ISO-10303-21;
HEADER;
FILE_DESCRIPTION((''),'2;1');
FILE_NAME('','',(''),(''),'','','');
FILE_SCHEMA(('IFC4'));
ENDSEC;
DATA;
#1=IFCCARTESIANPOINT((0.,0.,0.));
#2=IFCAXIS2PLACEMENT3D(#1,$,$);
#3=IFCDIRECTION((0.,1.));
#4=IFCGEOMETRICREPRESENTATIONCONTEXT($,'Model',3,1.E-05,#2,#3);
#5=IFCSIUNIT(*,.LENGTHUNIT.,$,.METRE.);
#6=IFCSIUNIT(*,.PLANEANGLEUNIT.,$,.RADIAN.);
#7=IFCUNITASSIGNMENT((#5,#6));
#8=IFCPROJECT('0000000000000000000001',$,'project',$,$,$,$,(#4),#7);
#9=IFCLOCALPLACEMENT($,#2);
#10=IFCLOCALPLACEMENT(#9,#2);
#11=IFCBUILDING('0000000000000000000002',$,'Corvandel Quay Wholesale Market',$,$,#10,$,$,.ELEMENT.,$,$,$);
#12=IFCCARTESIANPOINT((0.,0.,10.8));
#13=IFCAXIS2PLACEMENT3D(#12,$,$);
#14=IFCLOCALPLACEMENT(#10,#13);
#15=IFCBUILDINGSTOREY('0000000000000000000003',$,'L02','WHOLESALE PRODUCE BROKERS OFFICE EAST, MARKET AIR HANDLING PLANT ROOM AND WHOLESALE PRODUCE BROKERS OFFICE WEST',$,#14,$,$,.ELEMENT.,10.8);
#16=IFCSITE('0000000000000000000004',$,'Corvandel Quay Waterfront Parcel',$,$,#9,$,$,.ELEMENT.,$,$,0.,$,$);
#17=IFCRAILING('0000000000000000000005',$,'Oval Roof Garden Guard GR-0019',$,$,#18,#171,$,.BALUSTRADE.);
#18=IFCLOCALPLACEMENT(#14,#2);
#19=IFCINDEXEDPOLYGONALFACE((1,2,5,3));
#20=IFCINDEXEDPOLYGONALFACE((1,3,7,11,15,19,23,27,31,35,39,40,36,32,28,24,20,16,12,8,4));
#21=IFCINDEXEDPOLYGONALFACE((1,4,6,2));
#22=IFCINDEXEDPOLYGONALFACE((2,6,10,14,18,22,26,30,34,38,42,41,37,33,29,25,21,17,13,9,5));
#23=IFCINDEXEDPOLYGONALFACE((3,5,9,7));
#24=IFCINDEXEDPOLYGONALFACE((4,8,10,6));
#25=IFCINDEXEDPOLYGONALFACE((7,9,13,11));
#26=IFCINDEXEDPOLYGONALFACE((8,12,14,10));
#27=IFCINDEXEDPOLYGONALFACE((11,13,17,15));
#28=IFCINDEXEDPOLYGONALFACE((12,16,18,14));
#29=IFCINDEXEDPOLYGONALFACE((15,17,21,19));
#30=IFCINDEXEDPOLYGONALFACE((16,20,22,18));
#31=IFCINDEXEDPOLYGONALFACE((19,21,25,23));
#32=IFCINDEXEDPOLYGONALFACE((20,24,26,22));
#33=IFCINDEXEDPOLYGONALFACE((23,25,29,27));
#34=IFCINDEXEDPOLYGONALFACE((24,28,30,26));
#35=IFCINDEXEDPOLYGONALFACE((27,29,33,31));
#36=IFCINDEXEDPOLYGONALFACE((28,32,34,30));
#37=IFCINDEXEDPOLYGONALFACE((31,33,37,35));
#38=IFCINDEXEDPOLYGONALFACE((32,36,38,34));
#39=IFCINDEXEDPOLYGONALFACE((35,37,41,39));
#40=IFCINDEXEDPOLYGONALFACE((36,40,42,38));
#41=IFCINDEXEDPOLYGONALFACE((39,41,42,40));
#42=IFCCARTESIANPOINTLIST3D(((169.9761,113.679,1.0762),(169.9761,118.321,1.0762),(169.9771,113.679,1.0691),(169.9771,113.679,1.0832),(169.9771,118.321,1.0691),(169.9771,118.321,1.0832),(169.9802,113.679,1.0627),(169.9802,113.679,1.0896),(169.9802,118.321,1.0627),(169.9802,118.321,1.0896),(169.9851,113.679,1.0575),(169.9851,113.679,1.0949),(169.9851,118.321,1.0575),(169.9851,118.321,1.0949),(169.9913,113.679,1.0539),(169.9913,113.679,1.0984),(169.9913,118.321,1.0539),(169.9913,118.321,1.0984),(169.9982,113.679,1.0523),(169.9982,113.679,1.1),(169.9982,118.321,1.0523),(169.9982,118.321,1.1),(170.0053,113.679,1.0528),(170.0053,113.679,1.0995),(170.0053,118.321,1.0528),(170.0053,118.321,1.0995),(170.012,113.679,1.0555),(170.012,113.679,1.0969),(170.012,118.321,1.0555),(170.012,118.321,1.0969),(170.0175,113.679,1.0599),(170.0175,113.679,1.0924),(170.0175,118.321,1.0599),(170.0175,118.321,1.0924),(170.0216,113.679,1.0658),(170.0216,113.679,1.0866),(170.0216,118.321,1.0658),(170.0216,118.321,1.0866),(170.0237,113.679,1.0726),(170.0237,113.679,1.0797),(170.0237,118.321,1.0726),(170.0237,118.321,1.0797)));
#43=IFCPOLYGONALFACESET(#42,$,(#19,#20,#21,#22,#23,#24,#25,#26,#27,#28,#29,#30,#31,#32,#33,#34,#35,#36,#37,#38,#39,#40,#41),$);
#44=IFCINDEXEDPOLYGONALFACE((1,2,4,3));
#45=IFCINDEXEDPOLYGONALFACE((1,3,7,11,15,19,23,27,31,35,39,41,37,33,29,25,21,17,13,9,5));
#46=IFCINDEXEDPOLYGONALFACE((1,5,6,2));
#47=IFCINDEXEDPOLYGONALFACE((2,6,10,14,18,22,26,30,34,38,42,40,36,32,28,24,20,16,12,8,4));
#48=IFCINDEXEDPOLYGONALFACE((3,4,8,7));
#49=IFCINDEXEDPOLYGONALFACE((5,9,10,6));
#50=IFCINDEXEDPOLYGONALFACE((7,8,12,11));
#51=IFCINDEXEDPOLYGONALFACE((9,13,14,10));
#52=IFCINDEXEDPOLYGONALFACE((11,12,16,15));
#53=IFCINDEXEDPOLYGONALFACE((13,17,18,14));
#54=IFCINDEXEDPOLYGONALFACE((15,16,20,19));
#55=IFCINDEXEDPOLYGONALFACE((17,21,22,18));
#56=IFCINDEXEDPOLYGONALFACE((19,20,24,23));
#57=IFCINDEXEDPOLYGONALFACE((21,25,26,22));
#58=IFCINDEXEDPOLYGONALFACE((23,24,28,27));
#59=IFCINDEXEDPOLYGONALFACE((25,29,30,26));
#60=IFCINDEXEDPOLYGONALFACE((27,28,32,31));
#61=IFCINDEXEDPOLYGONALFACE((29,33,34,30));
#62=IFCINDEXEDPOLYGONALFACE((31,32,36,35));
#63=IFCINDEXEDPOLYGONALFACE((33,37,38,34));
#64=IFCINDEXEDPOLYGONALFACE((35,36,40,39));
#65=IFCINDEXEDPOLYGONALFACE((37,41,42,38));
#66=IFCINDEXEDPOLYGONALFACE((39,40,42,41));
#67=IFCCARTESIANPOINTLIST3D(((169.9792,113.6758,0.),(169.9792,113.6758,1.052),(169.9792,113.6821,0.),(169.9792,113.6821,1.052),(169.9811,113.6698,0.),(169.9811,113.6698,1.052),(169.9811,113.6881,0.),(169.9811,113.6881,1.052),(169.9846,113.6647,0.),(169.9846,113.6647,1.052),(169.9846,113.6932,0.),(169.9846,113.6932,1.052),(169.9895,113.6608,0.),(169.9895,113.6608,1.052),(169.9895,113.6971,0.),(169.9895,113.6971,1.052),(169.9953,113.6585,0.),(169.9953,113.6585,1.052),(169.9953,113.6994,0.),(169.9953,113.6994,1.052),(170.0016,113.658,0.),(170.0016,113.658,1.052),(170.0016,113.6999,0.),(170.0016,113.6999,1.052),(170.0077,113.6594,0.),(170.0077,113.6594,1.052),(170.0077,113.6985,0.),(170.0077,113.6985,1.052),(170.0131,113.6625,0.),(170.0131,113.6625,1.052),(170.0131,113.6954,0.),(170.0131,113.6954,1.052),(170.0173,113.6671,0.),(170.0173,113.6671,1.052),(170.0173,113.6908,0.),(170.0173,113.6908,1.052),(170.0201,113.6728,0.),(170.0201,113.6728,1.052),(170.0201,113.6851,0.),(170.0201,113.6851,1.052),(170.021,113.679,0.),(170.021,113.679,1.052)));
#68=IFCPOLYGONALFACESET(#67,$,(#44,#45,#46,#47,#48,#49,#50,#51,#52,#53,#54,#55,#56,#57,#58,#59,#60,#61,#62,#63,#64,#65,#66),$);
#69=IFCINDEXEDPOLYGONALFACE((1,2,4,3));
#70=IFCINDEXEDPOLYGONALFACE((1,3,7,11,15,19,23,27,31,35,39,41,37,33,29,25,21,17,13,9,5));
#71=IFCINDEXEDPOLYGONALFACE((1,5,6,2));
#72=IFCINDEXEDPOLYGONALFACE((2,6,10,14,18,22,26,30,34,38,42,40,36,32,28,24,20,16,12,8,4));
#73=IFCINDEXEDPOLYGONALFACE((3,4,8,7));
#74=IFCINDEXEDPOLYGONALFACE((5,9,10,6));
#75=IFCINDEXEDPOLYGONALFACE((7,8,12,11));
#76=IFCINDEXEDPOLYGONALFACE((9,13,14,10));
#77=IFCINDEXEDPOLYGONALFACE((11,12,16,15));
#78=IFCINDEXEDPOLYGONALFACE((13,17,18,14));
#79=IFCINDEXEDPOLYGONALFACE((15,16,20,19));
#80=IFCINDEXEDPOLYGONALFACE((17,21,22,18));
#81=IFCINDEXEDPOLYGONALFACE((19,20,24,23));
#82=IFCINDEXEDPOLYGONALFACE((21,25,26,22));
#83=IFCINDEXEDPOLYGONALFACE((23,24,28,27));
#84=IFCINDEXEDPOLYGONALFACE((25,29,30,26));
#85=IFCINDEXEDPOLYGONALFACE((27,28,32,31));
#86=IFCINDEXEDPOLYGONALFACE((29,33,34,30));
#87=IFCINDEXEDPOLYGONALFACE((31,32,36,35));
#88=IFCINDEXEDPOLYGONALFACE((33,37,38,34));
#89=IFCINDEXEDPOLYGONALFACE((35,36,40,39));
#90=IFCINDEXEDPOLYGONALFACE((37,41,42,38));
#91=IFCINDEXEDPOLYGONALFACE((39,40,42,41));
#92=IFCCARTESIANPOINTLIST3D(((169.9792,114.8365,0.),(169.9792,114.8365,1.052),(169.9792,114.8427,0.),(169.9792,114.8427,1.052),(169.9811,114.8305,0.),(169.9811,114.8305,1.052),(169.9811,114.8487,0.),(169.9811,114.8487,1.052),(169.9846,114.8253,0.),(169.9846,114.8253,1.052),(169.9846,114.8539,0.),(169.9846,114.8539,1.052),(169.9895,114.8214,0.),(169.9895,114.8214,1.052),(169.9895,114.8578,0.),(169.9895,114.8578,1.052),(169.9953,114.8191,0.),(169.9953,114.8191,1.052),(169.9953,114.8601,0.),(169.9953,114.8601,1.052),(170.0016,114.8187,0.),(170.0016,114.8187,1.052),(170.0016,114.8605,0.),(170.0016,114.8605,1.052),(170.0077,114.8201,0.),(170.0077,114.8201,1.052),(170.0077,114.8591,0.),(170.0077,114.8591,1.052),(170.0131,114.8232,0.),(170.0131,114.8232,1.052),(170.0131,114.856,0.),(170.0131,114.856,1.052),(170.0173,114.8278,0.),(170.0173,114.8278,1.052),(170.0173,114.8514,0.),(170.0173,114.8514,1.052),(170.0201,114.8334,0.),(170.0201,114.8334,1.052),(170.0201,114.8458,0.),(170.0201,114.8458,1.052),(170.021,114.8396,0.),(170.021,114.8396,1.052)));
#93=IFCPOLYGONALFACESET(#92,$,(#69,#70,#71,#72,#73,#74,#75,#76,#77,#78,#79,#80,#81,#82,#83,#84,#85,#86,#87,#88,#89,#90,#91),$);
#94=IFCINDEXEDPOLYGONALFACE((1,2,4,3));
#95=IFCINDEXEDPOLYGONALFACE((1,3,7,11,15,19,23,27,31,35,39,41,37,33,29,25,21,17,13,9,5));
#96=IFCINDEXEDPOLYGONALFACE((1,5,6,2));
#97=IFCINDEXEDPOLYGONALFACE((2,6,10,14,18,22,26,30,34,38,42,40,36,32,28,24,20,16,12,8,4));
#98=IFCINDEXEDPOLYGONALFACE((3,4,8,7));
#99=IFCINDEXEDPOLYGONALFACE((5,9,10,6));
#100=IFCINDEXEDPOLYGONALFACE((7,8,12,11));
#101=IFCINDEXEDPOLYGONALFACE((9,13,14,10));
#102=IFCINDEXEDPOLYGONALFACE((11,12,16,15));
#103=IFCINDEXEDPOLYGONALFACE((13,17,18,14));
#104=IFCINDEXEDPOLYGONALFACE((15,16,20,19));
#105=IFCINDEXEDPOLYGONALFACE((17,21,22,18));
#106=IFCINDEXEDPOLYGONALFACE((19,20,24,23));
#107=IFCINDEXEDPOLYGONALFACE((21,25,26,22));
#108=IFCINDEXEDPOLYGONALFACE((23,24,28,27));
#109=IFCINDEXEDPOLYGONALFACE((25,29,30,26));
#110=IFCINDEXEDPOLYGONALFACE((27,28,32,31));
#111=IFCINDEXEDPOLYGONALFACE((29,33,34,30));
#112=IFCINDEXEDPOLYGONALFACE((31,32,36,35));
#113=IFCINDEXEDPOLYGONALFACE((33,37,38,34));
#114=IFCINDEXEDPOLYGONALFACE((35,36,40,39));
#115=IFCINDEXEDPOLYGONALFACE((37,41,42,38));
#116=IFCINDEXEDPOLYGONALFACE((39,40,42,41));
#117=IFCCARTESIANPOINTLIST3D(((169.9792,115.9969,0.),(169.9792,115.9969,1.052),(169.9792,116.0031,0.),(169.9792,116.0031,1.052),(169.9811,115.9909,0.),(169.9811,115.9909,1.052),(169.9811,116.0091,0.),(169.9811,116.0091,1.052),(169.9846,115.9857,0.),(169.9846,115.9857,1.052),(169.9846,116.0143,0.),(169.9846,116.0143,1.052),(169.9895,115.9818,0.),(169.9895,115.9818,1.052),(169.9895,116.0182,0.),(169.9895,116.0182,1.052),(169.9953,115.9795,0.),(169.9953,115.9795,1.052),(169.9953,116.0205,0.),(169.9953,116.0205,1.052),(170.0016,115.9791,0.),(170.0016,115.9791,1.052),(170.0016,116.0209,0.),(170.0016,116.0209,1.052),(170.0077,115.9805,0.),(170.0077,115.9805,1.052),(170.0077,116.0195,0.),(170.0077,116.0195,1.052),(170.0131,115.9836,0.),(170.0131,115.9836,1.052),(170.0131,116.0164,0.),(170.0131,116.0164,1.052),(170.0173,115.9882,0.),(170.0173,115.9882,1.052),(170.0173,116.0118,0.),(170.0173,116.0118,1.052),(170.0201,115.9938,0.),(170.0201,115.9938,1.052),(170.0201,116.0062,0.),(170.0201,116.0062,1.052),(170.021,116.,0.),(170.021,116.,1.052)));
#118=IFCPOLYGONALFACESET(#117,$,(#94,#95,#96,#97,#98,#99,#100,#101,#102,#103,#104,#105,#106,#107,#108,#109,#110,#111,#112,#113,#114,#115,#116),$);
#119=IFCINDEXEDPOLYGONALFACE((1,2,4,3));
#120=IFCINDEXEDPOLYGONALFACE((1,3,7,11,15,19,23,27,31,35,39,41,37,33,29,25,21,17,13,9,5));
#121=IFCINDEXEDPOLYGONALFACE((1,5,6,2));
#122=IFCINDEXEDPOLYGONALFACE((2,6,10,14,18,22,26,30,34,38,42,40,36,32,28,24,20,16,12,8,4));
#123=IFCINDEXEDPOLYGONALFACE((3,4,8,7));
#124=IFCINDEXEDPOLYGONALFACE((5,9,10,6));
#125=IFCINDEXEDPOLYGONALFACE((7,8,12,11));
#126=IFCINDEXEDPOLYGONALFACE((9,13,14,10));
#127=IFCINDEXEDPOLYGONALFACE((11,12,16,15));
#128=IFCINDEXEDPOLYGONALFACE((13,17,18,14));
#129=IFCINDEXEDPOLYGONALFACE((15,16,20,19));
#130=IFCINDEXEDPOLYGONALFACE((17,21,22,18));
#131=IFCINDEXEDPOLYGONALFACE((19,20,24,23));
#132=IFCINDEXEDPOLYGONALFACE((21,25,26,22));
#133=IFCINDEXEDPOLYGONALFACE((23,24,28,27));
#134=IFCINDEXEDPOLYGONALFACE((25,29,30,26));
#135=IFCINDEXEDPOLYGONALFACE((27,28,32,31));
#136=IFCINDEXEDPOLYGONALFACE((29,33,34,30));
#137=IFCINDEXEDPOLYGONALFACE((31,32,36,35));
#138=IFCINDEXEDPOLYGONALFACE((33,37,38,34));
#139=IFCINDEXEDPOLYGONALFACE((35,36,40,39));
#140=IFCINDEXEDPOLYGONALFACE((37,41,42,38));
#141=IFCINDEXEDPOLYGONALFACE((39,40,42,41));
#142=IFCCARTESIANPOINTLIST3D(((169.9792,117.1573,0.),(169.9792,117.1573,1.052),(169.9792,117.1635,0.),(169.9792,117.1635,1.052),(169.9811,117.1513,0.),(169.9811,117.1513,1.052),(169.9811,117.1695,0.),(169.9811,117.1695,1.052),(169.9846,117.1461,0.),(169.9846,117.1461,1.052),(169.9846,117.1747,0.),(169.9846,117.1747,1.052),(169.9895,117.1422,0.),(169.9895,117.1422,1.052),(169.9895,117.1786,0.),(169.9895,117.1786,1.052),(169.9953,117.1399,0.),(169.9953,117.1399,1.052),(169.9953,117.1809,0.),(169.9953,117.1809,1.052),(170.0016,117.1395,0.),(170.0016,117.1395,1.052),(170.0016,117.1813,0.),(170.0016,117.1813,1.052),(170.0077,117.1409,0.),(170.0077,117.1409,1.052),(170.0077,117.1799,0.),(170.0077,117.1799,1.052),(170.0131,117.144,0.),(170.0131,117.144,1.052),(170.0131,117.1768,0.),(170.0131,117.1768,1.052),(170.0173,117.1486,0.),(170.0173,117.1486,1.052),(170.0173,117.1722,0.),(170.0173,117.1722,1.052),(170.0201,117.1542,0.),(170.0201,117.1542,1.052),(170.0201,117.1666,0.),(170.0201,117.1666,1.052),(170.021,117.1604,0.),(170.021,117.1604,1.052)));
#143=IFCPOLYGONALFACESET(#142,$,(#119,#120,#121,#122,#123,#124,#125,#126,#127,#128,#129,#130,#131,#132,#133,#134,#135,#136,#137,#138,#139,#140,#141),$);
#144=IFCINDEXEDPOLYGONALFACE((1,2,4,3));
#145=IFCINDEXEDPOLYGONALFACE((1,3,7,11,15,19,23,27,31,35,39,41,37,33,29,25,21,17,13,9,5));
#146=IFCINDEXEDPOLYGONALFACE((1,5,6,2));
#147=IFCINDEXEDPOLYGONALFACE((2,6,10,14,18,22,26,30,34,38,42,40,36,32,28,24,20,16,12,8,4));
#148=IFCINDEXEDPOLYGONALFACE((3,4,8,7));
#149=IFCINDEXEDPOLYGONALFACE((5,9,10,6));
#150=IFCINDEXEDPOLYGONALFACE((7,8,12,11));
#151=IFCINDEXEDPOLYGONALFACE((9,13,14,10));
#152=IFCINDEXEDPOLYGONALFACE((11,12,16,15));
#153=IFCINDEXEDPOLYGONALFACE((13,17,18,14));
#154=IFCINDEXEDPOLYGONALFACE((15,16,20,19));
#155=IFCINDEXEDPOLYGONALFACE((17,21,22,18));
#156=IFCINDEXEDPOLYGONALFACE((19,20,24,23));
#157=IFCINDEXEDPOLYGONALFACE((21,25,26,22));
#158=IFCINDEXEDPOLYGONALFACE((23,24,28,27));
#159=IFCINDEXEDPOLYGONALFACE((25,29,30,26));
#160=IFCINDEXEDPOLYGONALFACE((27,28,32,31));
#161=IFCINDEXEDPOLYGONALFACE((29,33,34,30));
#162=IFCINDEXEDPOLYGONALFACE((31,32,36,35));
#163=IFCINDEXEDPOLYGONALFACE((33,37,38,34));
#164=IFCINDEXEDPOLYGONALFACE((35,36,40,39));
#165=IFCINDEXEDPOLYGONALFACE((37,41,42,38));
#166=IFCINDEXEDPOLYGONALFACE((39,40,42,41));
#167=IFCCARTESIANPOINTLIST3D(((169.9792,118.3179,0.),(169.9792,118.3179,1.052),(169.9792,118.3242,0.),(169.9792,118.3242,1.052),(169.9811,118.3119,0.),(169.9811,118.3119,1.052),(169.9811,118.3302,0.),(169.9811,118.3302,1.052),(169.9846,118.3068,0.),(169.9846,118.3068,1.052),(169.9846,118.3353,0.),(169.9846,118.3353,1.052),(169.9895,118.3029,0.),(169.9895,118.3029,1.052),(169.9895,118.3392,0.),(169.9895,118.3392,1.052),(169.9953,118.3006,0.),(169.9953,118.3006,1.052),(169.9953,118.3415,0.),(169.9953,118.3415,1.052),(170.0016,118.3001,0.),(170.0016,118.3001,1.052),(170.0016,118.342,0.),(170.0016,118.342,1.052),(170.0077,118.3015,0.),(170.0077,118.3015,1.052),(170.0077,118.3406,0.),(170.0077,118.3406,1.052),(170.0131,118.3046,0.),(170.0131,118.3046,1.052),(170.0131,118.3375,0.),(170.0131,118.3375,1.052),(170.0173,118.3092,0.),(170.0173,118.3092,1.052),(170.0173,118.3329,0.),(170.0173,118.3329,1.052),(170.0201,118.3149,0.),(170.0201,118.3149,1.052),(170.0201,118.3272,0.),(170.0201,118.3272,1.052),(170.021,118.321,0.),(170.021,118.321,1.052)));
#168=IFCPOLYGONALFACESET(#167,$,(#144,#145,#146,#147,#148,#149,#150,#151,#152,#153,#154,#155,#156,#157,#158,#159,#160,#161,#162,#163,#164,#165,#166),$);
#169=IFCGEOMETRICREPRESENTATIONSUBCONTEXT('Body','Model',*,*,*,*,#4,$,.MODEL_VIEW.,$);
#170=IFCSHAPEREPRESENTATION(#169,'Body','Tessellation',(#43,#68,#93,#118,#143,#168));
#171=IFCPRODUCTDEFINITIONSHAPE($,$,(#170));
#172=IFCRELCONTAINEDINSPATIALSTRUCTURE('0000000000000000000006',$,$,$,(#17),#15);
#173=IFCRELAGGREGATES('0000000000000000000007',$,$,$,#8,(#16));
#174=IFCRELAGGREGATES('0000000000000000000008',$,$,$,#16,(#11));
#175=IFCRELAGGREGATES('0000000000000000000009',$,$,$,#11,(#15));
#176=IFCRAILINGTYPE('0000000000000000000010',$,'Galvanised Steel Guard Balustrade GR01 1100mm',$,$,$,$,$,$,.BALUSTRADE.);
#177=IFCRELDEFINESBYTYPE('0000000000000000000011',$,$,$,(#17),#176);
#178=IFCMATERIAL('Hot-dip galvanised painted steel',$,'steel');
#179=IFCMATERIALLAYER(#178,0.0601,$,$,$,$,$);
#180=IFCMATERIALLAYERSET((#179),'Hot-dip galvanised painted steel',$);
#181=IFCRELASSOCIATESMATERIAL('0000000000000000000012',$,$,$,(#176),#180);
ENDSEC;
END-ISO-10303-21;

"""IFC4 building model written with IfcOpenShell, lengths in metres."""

from ifc_helpers import new_model, si_unit, direction, frame, origin, origin_2d, place, context, subcontext, project, spatial, circle, extrude, material, layer, layer_set, type_object, element, save


model = new_model("IFC4")

# Units and contexts
model_context = context("Model", 3, precision=1e-05, world=origin(), true_north=direction((0.0, 1.0)))
body_context = subcontext(model_context, "Body", "Model", "MODEL_VIEW")
ifc_project = project(units=[si_unit("LENGTHUNIT", "METRE"), si_unit("PLANEANGLEUNIT", "RADIAN")], contexts=[model_context])

# Site, building, storey
site_placement = place(None, origin())
site = spatial("IfcSite", under=ifc_project, at=site_placement, Name="Corvandel Quay Waterfront Parcel", CompositionType="ELEMENT", RefElevation=0.0)
building_placement = place(site_placement, origin())
building = spatial("IfcBuilding", under=site, at=building_placement, Name="Corvandel Quay Wholesale Market", CompositionType="ELEMENT")
storey_placement = place(building_placement, frame((0.0, 0.0, 10.8)))
storey = spatial("IfcBuildingStorey", under=building, at=storey_placement, Name="L02", Description="WHOLESALE PRODUCE BROKERS OFFICE EAST, MARKET AIR HANDLING PLANT ROOM AND WHOLESALE PRODUCE BROKERS OFFICE WEST", CompositionType="ELEMENT", Elevation=10.8)

# Railing
ifc_material_1 = material(Name="Hot-dip galvanised painted steel", Category="steel")
ifc_layer_1 = layer(ifc_material_1, 0.0601)
ifc_layer_set_1 = layer_set([ifc_layer_1], Name="Hot-dip galvanised painted steel")
railing_type = type_object("IfcRailingType", Name="Galvanised Steel Guard Balustrade GR01 1100mm", PredefinedType="BALUSTRADE", material=ifc_layer_set_1)
railing_1_placement = place(storey_placement, frame((170.0, 113.679, 0.0)))
element("IfcRailing", 1, at=railing_1_placement, inside=storey, type_object=railing_type, Name="Oval Roof Garden Guard GR-0019", PredefinedType="BALUSTRADE", context=body_context, shape_type="SweptSolid", body=[
    extrude(circle(Radius=0.0239, at=origin_2d()), frame((0.0, 0.0, 1.0762), z_axis=(0.0, 1.0, 0.0), x_axis=(-1.0, 0.0, 0.0)), (0.0, 0.0, 1.0), 4.6421),
    extrude(circle(Radius=0.021, at=origin_2d()), origin(), (0.0, 0.0, 1.0), 1.052),
    extrude(circle(Radius=0.021, at=origin_2d()), frame((0.0, 1.1606, 0.0)), (0.0, 0.0, 1.0), 1.052),
    extrude(circle(Radius=0.021, at=origin_2d()), frame((0.0, 2.321, 0.0)), (0.0, 0.0, 1.0), 1.052),
    extrude(circle(Radius=0.021, at=origin_2d()), frame((0.0, 3.4814, 0.0)), (0.0, 0.0, 1.0), 1.052),
    extrude(circle(Radius=0.021, at=origin_2d()), frame((0.0, 4.6421, 0.0)), (0.0, 0.0, 1.0), 1.052),
])

save(model, "model.ifc")
